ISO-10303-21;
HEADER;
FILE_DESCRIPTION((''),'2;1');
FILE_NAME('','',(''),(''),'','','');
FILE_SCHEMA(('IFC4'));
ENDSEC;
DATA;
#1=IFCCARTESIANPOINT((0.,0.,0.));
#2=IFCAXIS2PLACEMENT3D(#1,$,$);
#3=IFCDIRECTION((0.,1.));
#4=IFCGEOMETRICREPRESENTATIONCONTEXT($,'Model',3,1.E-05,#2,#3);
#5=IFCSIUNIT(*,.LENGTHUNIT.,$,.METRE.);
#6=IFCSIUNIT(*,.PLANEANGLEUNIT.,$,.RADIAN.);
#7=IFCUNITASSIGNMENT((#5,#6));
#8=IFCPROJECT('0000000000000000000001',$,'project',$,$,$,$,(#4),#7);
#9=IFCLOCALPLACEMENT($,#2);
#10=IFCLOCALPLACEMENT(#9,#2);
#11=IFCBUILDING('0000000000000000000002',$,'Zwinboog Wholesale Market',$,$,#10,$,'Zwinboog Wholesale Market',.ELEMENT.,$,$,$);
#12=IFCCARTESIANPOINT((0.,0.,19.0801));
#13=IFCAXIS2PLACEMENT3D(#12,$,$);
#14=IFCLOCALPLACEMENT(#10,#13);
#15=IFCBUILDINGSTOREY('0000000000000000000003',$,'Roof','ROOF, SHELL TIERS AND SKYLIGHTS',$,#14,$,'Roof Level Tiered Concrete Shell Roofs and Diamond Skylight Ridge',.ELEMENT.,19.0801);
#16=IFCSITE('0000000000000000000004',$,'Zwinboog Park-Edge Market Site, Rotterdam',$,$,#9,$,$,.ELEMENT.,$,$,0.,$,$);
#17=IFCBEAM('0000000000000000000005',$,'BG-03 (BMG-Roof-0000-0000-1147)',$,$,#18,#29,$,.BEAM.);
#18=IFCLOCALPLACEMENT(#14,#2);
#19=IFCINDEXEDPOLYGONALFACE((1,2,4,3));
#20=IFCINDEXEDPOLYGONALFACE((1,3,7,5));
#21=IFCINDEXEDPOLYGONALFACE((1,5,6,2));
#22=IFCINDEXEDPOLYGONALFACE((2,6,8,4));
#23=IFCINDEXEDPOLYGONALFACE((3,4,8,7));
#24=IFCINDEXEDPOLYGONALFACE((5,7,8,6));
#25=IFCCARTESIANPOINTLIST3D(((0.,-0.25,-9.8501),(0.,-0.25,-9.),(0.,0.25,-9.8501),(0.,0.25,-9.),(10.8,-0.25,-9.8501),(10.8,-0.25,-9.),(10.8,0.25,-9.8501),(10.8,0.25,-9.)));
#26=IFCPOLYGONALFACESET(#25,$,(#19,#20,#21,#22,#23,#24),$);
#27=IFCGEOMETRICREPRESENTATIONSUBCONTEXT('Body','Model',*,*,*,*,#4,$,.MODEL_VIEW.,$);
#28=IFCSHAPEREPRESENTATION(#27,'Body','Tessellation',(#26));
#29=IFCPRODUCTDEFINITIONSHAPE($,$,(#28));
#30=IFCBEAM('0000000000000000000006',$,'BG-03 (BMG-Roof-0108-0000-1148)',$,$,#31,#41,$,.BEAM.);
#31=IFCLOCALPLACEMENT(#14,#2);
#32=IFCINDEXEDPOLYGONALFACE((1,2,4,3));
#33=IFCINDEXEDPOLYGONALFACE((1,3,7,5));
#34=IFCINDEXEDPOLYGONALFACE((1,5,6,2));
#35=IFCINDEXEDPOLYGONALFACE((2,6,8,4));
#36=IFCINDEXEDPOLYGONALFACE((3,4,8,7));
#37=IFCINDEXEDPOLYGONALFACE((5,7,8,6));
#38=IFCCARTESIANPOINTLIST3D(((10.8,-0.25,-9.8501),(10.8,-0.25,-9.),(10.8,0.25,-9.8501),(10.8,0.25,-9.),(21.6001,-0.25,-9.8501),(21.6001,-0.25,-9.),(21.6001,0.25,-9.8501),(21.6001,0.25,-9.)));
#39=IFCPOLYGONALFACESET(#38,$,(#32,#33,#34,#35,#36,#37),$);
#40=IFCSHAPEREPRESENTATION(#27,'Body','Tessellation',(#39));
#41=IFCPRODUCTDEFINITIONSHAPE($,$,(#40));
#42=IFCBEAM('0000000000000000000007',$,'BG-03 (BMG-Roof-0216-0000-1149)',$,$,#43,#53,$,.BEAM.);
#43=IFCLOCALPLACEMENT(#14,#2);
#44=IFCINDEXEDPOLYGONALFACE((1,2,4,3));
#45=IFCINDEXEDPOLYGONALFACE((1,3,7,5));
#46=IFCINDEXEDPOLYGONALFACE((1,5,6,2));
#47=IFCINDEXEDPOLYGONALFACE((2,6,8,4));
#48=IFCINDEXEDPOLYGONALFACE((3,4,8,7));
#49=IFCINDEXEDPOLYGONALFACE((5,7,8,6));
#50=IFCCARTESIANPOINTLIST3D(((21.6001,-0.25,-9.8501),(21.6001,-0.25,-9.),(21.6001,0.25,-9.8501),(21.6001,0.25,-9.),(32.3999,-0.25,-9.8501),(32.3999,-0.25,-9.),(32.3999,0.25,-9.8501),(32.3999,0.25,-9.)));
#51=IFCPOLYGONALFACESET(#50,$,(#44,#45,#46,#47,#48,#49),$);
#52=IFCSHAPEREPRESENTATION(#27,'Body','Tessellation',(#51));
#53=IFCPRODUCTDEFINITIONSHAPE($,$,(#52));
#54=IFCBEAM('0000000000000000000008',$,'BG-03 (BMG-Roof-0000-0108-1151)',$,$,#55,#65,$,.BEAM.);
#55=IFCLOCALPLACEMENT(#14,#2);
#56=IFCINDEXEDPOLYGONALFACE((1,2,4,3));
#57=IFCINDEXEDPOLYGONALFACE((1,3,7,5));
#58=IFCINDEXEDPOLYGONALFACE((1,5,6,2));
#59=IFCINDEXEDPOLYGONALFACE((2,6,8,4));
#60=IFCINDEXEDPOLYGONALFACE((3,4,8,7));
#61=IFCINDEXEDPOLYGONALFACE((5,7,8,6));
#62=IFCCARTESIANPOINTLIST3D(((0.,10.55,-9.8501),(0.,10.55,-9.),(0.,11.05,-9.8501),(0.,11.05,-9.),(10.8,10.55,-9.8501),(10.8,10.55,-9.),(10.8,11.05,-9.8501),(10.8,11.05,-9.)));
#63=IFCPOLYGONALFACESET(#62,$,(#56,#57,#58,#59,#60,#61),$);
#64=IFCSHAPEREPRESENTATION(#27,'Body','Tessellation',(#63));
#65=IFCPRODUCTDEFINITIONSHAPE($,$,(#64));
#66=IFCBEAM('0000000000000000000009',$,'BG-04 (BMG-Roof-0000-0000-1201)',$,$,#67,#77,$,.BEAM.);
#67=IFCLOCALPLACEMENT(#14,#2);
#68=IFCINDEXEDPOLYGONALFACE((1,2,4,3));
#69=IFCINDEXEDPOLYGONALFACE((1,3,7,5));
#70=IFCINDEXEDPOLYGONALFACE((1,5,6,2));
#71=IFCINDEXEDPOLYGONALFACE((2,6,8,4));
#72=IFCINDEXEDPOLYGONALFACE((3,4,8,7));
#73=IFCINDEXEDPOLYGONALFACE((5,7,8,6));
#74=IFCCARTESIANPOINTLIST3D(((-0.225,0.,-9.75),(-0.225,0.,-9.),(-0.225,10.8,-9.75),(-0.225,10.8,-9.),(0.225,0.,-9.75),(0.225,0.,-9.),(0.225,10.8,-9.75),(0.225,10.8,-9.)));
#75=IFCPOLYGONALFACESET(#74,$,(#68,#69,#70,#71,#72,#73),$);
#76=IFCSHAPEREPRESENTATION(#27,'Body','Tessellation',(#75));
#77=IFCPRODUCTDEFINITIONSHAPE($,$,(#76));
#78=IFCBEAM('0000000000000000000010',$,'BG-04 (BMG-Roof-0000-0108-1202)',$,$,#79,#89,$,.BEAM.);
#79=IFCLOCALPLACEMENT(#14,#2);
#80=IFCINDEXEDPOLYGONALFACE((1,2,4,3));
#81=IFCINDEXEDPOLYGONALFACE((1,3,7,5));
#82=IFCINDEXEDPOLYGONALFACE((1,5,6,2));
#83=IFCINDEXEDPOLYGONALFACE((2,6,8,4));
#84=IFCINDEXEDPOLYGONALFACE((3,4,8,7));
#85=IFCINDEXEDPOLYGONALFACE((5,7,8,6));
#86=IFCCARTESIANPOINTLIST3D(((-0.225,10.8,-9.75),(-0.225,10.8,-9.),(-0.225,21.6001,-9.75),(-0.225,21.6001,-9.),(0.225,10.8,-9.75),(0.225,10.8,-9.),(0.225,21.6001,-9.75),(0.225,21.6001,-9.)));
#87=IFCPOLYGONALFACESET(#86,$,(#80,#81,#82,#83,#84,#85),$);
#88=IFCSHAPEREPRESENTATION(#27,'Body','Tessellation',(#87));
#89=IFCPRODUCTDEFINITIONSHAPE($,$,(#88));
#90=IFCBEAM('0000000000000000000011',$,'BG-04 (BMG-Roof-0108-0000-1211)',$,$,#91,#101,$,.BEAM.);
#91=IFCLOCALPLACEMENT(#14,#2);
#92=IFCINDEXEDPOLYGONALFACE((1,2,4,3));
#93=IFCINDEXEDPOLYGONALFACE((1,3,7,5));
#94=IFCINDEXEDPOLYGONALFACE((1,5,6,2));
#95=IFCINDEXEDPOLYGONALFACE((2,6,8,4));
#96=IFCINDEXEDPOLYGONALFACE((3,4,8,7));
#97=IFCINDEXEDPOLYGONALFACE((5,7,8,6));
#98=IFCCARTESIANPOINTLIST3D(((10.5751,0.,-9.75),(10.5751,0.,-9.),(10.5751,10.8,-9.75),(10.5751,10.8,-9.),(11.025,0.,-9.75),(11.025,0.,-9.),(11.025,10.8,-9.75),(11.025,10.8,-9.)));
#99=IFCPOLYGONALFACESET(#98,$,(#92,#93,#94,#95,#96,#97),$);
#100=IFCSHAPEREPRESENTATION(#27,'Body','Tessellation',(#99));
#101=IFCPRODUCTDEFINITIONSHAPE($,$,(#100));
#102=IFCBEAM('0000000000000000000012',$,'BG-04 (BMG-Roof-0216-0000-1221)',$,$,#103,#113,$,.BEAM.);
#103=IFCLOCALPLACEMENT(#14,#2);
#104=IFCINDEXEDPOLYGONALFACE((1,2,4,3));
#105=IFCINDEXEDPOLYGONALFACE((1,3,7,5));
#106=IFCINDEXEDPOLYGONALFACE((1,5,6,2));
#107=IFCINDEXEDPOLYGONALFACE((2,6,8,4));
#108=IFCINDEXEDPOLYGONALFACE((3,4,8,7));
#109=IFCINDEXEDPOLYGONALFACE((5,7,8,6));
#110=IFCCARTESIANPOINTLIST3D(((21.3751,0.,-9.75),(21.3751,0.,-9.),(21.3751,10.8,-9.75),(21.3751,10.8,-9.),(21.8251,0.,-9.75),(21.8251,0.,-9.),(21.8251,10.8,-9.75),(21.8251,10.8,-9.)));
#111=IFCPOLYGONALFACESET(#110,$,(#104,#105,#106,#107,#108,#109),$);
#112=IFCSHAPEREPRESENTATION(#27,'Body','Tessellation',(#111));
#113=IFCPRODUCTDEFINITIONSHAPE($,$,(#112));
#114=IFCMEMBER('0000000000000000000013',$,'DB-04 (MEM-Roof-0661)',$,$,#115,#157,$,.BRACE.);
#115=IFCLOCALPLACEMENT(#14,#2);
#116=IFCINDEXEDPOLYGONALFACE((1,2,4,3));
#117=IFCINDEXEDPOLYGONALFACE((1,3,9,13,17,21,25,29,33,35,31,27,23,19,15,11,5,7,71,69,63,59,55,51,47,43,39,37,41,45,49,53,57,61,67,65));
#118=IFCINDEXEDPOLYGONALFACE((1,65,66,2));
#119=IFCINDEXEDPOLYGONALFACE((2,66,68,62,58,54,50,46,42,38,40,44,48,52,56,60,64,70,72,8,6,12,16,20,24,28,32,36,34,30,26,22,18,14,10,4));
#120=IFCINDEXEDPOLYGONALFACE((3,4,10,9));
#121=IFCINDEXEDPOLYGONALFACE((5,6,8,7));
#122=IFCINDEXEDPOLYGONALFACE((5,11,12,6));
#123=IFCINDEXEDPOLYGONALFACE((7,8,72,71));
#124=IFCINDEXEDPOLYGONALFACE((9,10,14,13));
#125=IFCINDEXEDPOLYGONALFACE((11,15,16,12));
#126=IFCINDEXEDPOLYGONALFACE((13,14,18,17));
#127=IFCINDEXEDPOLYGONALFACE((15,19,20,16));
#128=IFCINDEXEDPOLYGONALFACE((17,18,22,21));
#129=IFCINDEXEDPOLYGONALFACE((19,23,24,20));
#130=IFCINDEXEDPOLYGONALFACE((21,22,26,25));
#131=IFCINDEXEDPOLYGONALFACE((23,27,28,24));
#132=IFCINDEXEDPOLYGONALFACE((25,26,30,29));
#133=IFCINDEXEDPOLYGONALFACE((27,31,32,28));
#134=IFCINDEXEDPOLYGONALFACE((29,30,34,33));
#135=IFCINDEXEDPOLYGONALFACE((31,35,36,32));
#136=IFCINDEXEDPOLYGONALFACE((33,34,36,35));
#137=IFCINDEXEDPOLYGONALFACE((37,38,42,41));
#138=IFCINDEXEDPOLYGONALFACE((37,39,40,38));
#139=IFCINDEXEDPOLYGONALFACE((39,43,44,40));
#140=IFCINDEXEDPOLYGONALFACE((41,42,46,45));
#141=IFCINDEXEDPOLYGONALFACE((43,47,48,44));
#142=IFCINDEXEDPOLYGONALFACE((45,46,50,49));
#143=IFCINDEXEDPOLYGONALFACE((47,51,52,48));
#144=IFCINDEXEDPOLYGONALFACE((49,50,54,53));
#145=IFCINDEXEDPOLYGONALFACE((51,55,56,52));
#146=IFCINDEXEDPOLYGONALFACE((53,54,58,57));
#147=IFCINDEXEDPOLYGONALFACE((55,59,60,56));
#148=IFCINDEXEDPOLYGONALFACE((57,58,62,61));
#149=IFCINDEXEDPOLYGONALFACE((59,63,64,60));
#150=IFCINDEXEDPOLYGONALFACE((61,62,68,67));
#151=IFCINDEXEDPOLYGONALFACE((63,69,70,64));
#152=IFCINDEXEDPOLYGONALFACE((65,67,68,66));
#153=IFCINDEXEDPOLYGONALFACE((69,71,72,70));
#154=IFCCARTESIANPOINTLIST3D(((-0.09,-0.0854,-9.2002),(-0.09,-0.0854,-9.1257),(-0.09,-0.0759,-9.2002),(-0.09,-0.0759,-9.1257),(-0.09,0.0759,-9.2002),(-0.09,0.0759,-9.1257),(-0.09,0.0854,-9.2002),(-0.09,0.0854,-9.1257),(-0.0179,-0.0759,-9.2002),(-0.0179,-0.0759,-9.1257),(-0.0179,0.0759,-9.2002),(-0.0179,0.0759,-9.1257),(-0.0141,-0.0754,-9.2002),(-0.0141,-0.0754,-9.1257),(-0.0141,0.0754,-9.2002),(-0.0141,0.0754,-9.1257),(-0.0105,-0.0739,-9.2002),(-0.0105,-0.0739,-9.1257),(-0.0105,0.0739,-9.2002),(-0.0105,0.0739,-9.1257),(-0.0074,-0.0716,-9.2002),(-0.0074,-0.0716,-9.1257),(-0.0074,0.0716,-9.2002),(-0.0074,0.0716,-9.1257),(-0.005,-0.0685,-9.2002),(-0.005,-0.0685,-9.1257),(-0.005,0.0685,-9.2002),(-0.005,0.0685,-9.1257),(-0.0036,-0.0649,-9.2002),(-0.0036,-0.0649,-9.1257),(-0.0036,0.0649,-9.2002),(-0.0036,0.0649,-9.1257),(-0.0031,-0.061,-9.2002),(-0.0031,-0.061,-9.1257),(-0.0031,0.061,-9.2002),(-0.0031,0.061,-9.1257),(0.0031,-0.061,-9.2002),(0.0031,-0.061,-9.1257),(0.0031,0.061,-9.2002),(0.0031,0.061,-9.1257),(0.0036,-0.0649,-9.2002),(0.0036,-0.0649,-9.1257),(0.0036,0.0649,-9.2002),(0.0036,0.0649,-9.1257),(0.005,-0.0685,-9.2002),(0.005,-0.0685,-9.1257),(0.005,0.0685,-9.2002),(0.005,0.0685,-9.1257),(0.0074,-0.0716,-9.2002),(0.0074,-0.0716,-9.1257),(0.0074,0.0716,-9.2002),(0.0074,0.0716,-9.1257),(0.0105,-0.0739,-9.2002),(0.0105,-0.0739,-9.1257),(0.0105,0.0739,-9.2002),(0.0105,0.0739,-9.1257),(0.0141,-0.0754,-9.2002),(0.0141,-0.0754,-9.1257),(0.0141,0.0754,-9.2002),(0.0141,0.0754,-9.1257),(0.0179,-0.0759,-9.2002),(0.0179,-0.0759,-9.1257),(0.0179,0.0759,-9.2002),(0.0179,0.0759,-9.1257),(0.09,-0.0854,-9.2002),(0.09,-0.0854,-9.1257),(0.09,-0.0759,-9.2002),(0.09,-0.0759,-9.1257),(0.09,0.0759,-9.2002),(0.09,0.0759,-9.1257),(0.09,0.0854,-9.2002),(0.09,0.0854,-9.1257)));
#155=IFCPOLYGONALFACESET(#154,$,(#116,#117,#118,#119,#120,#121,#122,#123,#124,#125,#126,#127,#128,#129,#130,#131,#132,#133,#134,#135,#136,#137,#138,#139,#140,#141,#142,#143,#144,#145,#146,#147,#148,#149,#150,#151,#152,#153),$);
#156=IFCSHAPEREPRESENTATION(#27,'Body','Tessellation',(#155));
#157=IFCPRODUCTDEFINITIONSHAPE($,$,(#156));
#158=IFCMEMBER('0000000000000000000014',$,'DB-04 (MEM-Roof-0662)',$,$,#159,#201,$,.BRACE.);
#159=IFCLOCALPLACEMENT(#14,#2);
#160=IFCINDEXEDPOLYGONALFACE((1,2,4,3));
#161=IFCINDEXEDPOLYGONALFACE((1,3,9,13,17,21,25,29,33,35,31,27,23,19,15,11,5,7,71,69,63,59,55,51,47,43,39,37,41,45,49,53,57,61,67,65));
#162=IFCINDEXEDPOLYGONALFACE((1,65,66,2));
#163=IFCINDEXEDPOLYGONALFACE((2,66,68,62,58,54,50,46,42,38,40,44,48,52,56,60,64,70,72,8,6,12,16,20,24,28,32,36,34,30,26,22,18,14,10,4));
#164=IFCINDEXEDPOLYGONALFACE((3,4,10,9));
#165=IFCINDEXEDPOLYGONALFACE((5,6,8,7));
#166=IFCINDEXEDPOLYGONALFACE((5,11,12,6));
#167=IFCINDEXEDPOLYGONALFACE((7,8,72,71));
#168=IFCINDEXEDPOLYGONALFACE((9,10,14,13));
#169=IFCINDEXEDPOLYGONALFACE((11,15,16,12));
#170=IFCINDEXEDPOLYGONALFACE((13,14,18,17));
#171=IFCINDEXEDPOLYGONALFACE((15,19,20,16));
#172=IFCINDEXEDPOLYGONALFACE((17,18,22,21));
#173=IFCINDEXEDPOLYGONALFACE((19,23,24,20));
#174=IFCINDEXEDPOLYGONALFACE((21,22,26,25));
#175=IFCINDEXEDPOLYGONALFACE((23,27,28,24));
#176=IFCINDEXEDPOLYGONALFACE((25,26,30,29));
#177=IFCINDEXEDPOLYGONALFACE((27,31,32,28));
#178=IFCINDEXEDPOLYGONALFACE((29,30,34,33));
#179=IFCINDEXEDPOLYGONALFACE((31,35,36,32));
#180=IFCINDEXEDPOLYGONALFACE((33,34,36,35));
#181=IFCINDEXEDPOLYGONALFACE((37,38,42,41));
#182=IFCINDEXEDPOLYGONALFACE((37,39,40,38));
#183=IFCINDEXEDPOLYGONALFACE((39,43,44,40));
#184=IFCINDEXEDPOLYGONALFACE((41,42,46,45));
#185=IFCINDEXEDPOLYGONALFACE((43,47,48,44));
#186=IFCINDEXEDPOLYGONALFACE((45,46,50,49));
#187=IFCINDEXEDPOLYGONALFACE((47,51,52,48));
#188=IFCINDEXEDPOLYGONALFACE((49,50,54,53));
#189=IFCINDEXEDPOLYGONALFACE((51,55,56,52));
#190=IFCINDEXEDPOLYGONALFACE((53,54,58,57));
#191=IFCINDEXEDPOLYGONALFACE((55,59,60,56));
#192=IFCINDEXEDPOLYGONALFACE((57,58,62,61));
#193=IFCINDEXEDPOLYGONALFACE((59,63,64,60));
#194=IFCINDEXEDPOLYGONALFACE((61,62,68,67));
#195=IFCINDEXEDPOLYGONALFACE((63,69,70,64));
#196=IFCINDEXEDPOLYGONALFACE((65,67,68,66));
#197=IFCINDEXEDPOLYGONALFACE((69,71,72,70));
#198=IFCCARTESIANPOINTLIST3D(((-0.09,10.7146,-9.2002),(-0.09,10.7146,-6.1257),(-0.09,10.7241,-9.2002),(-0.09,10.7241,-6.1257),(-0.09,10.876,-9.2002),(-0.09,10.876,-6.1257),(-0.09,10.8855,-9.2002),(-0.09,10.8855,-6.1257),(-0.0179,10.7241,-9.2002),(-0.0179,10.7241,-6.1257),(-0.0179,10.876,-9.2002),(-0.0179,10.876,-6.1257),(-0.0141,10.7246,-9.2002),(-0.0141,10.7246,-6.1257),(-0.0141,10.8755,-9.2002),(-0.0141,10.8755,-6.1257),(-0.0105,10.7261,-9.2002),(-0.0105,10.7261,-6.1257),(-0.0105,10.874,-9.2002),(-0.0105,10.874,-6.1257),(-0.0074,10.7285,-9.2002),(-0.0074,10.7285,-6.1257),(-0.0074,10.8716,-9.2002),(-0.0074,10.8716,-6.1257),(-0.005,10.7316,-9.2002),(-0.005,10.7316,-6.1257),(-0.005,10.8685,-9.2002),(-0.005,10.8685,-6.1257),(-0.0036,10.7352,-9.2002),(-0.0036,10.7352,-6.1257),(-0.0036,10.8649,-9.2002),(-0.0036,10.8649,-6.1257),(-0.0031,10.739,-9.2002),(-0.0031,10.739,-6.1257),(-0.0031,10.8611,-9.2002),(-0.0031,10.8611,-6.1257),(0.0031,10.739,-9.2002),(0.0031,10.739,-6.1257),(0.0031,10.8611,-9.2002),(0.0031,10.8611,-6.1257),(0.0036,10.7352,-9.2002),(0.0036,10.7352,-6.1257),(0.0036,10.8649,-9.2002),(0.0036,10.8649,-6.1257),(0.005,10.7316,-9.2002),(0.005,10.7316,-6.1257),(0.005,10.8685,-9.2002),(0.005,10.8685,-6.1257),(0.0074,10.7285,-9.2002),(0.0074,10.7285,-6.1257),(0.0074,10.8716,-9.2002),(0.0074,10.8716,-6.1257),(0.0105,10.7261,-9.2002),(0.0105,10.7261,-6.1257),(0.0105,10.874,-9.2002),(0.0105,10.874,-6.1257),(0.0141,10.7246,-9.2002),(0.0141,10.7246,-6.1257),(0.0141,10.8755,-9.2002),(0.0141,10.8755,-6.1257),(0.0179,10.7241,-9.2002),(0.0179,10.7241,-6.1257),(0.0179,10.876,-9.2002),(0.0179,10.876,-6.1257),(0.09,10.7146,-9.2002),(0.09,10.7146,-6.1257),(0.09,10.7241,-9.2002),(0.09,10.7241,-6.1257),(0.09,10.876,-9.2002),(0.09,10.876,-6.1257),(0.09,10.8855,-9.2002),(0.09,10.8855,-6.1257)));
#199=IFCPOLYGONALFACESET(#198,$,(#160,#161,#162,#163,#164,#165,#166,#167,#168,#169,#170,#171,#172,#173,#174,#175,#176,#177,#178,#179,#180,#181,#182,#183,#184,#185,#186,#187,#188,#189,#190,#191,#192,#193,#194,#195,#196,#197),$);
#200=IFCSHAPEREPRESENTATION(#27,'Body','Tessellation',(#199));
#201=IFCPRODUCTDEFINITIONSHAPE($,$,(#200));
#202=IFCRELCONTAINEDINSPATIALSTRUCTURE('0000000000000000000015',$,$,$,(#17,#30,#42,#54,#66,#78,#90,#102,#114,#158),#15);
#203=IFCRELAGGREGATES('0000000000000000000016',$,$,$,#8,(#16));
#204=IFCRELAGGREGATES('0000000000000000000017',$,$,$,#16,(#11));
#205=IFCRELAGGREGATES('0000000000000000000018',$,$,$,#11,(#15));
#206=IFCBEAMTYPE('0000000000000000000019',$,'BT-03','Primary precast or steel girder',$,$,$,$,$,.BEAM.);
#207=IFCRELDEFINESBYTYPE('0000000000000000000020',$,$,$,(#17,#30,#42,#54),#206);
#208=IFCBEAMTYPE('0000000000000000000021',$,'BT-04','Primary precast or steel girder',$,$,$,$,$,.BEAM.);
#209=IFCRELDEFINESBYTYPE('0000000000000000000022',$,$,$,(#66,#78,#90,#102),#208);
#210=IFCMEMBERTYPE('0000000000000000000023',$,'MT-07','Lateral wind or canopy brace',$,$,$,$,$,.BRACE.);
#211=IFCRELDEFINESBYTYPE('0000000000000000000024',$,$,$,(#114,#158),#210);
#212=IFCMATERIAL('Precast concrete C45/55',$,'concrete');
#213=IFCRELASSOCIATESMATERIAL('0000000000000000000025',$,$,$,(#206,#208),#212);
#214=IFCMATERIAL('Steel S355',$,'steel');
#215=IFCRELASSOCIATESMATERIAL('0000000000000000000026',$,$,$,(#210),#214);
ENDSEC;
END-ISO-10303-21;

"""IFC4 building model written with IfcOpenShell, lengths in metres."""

from ifc_helpers import new_model, si_unit, direction, frame, origin, origin_2d, place, context, subcontext, project, spatial, rectangle, i_section, extrude, material, material_profile, profile_set, type_object, element, save


model = new_model("IFC4")

# Units and contexts
model_context = context("Model", 3, precision=1e-05, world=origin(), true_north=direction((0.0, 1.0)))
body_context = subcontext(model_context, "Body", "Model", "MODEL_VIEW")
ifc_project = project(units=[si_unit("LENGTHUNIT", "METRE"), si_unit("PLANEANGLEUNIT", "RADIAN")], contexts=[model_context])

# Site, building, storey
site_placement = place(None, origin())
site = spatial("IfcSite", under=ifc_project, at=site_placement, Name="Zwinboog Park-Edge Market Site, Rotterdam", CompositionType="ELEMENT", RefElevation=0.0)
building_placement = place(site_placement, origin())
building = spatial("IfcBuilding", under=site, at=building_placement, Name="Zwinboog Wholesale Market", LongName="Zwinboog Wholesale Market", CompositionType="ELEMENT")
storey_placement = place(building_placement, frame((0.0, 0.0, 19.0801)))
storey = spatial("IfcBuildingStorey", under=building, at=storey_placement, Name="Roof", Description="ROOF, SHELL TIERS AND SKYLIGHTS", LongName="Roof Level Tiered Concrete Shell Roofs and Diamond Skylight Ridge", CompositionType="ELEMENT", Elevation=19.0801)

# Beams
ifc_material_1 = material(Name="Precast concrete C45/55", Category="concrete")
ifc_material_profile_1 = material_profile(ifc_material_1, rectangle(XDim=0.5, YDim=0.8501, at=origin_2d()), Name="PC 500x850")
ifc_profile_set_1 = profile_set([ifc_material_profile_1], Name="Precast concrete C45/55")
beam_type_1 = type_object("IfcBeamType", Name="BT-03", Description="Primary precast or steel girder", PredefinedType="BEAM", material=ifc_profile_set_1)
for number, where, z_axis, x_axis, name in (
    (1, (0.0, 0.0, -9.425), (1.0, 0.0, 0.0), (0.0, 1.0, 0.0), "BG-03 (BMG-Roof-0000-0000-1147)"),
    (2, (10.8, 0.0, -9.425), (1.0, 0.0, 0.0), (0.0, 1.0, 0.0), "BG-03 (BMG-Roof-0108-0000-1148)"),
):
    element("IfcBeam", number, at=place(storey_placement, frame(where, z_axis=z_axis, x_axis=x_axis)), inside=storey, type_object=beam_type_1, Name=name, PredefinedType="BEAM", context=body_context, shape_type="SweptSolid", body=[
        extrude(rectangle(XDim=0.5, YDim=0.8501, at=origin_2d()), origin(), (0.0, 0.0, 1.0), 10.8),
    ])
beam_1_placement = place(storey_placement, frame((21.6001, 0.0, -9.425), z_axis=(1.0, 0.0, 0.0), x_axis=(0.0, 1.0, 0.0)))
element("IfcBeam", 3, at=beam_1_placement, inside=storey, type_object=beam_type_1, Name="BG-03 (BMG-Roof-0216-0000-1149)", PredefinedType="BEAM", context=body_context, shape_type="SweptSolid", body=[
    extrude(rectangle(XDim=0.5, YDim=0.8501, at=origin_2d()), origin(), (0.0, 0.0, 1.0), 10.7998),
])
beam_2_placement = place(storey_placement, frame((0.0, 10.8, -9.425), z_axis=(1.0, 0.0, 0.0), x_axis=(0.0, 1.0, 0.0)))
element("IfcBeam", 4, at=beam_2_placement, inside=storey, type_object=beam_type_1, Name="BG-03 (BMG-Roof-0000-0108-1151)", PredefinedType="BEAM", context=body_context, shape_type="SweptSolid", body=[
    extrude(rectangle(XDim=0.5, YDim=0.8501, at=origin_2d()), origin(), (0.0, 0.0, 1.0), 10.8),
])
ifc_material_profile_2 = material_profile(ifc_material_1, rectangle(XDim=0.45, YDim=0.75, at=origin_2d()), Name="PC 450x750")
ifc_profile_set_2 = profile_set([ifc_material_profile_2], Name="Precast concrete C45/55")
beam_type_2 = type_object("IfcBeamType", Name="BT-04", Description="Primary precast or steel girder", PredefinedType="BEAM", material=ifc_profile_set_2)
for number, where, z_axis, x_axis, name in (
    (5, (0.0, 0.0, -9.375), (0.0, 1.0, 0.0), (-1.0, 0.0, 0.0), "BG-04 (BMG-Roof-0000-0000-1201)"),
    (6, (0.0, 10.8, -9.375), (0.0, 1.0, 0.0), (-1.0, 0.0, 0.0), "BG-04 (BMG-Roof-0000-0108-1202)"),
    (7, (10.8, 0.0, -9.375), (0.0, 1.0, 0.0), (-1.0, 0.0, 0.0), "BG-04 (BMG-Roof-0108-0000-1211)"),
    (8, (21.6001, 0.0, -9.375), (0.0, 1.0, 0.0), (-1.0, 0.0, 0.0), "BG-04 (BMG-Roof-0216-0000-1221)"),
):
    element("IfcBeam", number, at=place(storey_placement, frame(where, z_axis=z_axis, x_axis=x_axis)), inside=storey, type_object=beam_type_2, Name=name, PredefinedType="BEAM", context=body_context, shape_type="SweptSolid", body=[
        extrude(rectangle(XDim=0.45, YDim=0.75, at=origin_2d()), origin(), (0.0, 0.0, 1.0), 10.8),
    ])

# Members
ifc_material_2 = material(Name="Steel S355", Category="steel")
ifc_material_profile_3 = material_profile(ifc_material_2, i_section(OverallWidth=0.1799, OverallDepth=0.1709, WebThickness=0.0061, FlangeThickness=0.0095, FilletRadius=0.0149, at=origin_2d()), Name="HEA 180")
ifc_profile_set_3 = profile_set([ifc_material_profile_3], Name="Steel S355")
member_type_1 = type_object("IfcMemberType", Name="MT-07", Description="Lateral wind or canopy brace", PredefinedType="BRACE", material=ifc_profile_set_3)
member_1_placement = place(storey_placement, frame((0.0, 0.0, -9.2002), z_axis=(0.0, 0.0, 1.0), x_axis=(1.0, 0.0, 0.0)))
element("IfcMember", 9, at=member_1_placement, inside=storey, type_object=member_type_1, Name="DB-04 (MEM-Roof-0661)", PredefinedType="BRACE", context=body_context, shape_type="SweptSolid", body=[
    extrude(i_section(OverallWidth=0.1799, OverallDepth=0.1709, WebThickness=0.0061, FlangeThickness=0.0095, FilletRadius=0.0149, at=origin_2d()), origin(), (0.0, 0.0, 1.0), 0.0745),
])
member_2_placement = place(storey_placement, frame((0.0, 10.8, -9.2002), z_axis=(0.0, 0.0, 1.0), x_axis=(1.0, 0.0, 0.0)))
element("IfcMember", 10, at=member_2_placement, inside=storey, type_object=member_type_1, Name="DB-04 (MEM-Roof-0662)", PredefinedType="BRACE", context=body_context, shape_type="SweptSolid", body=[
    extrude(i_section(OverallWidth=0.1799, OverallDepth=0.1709, WebThickness=0.0061, FlangeThickness=0.0095, FilletRadius=0.0149, at=origin_2d()), origin(), (0.0, 0.0, 1.0), 3.0745),
])

save(model, "model.ifc")
